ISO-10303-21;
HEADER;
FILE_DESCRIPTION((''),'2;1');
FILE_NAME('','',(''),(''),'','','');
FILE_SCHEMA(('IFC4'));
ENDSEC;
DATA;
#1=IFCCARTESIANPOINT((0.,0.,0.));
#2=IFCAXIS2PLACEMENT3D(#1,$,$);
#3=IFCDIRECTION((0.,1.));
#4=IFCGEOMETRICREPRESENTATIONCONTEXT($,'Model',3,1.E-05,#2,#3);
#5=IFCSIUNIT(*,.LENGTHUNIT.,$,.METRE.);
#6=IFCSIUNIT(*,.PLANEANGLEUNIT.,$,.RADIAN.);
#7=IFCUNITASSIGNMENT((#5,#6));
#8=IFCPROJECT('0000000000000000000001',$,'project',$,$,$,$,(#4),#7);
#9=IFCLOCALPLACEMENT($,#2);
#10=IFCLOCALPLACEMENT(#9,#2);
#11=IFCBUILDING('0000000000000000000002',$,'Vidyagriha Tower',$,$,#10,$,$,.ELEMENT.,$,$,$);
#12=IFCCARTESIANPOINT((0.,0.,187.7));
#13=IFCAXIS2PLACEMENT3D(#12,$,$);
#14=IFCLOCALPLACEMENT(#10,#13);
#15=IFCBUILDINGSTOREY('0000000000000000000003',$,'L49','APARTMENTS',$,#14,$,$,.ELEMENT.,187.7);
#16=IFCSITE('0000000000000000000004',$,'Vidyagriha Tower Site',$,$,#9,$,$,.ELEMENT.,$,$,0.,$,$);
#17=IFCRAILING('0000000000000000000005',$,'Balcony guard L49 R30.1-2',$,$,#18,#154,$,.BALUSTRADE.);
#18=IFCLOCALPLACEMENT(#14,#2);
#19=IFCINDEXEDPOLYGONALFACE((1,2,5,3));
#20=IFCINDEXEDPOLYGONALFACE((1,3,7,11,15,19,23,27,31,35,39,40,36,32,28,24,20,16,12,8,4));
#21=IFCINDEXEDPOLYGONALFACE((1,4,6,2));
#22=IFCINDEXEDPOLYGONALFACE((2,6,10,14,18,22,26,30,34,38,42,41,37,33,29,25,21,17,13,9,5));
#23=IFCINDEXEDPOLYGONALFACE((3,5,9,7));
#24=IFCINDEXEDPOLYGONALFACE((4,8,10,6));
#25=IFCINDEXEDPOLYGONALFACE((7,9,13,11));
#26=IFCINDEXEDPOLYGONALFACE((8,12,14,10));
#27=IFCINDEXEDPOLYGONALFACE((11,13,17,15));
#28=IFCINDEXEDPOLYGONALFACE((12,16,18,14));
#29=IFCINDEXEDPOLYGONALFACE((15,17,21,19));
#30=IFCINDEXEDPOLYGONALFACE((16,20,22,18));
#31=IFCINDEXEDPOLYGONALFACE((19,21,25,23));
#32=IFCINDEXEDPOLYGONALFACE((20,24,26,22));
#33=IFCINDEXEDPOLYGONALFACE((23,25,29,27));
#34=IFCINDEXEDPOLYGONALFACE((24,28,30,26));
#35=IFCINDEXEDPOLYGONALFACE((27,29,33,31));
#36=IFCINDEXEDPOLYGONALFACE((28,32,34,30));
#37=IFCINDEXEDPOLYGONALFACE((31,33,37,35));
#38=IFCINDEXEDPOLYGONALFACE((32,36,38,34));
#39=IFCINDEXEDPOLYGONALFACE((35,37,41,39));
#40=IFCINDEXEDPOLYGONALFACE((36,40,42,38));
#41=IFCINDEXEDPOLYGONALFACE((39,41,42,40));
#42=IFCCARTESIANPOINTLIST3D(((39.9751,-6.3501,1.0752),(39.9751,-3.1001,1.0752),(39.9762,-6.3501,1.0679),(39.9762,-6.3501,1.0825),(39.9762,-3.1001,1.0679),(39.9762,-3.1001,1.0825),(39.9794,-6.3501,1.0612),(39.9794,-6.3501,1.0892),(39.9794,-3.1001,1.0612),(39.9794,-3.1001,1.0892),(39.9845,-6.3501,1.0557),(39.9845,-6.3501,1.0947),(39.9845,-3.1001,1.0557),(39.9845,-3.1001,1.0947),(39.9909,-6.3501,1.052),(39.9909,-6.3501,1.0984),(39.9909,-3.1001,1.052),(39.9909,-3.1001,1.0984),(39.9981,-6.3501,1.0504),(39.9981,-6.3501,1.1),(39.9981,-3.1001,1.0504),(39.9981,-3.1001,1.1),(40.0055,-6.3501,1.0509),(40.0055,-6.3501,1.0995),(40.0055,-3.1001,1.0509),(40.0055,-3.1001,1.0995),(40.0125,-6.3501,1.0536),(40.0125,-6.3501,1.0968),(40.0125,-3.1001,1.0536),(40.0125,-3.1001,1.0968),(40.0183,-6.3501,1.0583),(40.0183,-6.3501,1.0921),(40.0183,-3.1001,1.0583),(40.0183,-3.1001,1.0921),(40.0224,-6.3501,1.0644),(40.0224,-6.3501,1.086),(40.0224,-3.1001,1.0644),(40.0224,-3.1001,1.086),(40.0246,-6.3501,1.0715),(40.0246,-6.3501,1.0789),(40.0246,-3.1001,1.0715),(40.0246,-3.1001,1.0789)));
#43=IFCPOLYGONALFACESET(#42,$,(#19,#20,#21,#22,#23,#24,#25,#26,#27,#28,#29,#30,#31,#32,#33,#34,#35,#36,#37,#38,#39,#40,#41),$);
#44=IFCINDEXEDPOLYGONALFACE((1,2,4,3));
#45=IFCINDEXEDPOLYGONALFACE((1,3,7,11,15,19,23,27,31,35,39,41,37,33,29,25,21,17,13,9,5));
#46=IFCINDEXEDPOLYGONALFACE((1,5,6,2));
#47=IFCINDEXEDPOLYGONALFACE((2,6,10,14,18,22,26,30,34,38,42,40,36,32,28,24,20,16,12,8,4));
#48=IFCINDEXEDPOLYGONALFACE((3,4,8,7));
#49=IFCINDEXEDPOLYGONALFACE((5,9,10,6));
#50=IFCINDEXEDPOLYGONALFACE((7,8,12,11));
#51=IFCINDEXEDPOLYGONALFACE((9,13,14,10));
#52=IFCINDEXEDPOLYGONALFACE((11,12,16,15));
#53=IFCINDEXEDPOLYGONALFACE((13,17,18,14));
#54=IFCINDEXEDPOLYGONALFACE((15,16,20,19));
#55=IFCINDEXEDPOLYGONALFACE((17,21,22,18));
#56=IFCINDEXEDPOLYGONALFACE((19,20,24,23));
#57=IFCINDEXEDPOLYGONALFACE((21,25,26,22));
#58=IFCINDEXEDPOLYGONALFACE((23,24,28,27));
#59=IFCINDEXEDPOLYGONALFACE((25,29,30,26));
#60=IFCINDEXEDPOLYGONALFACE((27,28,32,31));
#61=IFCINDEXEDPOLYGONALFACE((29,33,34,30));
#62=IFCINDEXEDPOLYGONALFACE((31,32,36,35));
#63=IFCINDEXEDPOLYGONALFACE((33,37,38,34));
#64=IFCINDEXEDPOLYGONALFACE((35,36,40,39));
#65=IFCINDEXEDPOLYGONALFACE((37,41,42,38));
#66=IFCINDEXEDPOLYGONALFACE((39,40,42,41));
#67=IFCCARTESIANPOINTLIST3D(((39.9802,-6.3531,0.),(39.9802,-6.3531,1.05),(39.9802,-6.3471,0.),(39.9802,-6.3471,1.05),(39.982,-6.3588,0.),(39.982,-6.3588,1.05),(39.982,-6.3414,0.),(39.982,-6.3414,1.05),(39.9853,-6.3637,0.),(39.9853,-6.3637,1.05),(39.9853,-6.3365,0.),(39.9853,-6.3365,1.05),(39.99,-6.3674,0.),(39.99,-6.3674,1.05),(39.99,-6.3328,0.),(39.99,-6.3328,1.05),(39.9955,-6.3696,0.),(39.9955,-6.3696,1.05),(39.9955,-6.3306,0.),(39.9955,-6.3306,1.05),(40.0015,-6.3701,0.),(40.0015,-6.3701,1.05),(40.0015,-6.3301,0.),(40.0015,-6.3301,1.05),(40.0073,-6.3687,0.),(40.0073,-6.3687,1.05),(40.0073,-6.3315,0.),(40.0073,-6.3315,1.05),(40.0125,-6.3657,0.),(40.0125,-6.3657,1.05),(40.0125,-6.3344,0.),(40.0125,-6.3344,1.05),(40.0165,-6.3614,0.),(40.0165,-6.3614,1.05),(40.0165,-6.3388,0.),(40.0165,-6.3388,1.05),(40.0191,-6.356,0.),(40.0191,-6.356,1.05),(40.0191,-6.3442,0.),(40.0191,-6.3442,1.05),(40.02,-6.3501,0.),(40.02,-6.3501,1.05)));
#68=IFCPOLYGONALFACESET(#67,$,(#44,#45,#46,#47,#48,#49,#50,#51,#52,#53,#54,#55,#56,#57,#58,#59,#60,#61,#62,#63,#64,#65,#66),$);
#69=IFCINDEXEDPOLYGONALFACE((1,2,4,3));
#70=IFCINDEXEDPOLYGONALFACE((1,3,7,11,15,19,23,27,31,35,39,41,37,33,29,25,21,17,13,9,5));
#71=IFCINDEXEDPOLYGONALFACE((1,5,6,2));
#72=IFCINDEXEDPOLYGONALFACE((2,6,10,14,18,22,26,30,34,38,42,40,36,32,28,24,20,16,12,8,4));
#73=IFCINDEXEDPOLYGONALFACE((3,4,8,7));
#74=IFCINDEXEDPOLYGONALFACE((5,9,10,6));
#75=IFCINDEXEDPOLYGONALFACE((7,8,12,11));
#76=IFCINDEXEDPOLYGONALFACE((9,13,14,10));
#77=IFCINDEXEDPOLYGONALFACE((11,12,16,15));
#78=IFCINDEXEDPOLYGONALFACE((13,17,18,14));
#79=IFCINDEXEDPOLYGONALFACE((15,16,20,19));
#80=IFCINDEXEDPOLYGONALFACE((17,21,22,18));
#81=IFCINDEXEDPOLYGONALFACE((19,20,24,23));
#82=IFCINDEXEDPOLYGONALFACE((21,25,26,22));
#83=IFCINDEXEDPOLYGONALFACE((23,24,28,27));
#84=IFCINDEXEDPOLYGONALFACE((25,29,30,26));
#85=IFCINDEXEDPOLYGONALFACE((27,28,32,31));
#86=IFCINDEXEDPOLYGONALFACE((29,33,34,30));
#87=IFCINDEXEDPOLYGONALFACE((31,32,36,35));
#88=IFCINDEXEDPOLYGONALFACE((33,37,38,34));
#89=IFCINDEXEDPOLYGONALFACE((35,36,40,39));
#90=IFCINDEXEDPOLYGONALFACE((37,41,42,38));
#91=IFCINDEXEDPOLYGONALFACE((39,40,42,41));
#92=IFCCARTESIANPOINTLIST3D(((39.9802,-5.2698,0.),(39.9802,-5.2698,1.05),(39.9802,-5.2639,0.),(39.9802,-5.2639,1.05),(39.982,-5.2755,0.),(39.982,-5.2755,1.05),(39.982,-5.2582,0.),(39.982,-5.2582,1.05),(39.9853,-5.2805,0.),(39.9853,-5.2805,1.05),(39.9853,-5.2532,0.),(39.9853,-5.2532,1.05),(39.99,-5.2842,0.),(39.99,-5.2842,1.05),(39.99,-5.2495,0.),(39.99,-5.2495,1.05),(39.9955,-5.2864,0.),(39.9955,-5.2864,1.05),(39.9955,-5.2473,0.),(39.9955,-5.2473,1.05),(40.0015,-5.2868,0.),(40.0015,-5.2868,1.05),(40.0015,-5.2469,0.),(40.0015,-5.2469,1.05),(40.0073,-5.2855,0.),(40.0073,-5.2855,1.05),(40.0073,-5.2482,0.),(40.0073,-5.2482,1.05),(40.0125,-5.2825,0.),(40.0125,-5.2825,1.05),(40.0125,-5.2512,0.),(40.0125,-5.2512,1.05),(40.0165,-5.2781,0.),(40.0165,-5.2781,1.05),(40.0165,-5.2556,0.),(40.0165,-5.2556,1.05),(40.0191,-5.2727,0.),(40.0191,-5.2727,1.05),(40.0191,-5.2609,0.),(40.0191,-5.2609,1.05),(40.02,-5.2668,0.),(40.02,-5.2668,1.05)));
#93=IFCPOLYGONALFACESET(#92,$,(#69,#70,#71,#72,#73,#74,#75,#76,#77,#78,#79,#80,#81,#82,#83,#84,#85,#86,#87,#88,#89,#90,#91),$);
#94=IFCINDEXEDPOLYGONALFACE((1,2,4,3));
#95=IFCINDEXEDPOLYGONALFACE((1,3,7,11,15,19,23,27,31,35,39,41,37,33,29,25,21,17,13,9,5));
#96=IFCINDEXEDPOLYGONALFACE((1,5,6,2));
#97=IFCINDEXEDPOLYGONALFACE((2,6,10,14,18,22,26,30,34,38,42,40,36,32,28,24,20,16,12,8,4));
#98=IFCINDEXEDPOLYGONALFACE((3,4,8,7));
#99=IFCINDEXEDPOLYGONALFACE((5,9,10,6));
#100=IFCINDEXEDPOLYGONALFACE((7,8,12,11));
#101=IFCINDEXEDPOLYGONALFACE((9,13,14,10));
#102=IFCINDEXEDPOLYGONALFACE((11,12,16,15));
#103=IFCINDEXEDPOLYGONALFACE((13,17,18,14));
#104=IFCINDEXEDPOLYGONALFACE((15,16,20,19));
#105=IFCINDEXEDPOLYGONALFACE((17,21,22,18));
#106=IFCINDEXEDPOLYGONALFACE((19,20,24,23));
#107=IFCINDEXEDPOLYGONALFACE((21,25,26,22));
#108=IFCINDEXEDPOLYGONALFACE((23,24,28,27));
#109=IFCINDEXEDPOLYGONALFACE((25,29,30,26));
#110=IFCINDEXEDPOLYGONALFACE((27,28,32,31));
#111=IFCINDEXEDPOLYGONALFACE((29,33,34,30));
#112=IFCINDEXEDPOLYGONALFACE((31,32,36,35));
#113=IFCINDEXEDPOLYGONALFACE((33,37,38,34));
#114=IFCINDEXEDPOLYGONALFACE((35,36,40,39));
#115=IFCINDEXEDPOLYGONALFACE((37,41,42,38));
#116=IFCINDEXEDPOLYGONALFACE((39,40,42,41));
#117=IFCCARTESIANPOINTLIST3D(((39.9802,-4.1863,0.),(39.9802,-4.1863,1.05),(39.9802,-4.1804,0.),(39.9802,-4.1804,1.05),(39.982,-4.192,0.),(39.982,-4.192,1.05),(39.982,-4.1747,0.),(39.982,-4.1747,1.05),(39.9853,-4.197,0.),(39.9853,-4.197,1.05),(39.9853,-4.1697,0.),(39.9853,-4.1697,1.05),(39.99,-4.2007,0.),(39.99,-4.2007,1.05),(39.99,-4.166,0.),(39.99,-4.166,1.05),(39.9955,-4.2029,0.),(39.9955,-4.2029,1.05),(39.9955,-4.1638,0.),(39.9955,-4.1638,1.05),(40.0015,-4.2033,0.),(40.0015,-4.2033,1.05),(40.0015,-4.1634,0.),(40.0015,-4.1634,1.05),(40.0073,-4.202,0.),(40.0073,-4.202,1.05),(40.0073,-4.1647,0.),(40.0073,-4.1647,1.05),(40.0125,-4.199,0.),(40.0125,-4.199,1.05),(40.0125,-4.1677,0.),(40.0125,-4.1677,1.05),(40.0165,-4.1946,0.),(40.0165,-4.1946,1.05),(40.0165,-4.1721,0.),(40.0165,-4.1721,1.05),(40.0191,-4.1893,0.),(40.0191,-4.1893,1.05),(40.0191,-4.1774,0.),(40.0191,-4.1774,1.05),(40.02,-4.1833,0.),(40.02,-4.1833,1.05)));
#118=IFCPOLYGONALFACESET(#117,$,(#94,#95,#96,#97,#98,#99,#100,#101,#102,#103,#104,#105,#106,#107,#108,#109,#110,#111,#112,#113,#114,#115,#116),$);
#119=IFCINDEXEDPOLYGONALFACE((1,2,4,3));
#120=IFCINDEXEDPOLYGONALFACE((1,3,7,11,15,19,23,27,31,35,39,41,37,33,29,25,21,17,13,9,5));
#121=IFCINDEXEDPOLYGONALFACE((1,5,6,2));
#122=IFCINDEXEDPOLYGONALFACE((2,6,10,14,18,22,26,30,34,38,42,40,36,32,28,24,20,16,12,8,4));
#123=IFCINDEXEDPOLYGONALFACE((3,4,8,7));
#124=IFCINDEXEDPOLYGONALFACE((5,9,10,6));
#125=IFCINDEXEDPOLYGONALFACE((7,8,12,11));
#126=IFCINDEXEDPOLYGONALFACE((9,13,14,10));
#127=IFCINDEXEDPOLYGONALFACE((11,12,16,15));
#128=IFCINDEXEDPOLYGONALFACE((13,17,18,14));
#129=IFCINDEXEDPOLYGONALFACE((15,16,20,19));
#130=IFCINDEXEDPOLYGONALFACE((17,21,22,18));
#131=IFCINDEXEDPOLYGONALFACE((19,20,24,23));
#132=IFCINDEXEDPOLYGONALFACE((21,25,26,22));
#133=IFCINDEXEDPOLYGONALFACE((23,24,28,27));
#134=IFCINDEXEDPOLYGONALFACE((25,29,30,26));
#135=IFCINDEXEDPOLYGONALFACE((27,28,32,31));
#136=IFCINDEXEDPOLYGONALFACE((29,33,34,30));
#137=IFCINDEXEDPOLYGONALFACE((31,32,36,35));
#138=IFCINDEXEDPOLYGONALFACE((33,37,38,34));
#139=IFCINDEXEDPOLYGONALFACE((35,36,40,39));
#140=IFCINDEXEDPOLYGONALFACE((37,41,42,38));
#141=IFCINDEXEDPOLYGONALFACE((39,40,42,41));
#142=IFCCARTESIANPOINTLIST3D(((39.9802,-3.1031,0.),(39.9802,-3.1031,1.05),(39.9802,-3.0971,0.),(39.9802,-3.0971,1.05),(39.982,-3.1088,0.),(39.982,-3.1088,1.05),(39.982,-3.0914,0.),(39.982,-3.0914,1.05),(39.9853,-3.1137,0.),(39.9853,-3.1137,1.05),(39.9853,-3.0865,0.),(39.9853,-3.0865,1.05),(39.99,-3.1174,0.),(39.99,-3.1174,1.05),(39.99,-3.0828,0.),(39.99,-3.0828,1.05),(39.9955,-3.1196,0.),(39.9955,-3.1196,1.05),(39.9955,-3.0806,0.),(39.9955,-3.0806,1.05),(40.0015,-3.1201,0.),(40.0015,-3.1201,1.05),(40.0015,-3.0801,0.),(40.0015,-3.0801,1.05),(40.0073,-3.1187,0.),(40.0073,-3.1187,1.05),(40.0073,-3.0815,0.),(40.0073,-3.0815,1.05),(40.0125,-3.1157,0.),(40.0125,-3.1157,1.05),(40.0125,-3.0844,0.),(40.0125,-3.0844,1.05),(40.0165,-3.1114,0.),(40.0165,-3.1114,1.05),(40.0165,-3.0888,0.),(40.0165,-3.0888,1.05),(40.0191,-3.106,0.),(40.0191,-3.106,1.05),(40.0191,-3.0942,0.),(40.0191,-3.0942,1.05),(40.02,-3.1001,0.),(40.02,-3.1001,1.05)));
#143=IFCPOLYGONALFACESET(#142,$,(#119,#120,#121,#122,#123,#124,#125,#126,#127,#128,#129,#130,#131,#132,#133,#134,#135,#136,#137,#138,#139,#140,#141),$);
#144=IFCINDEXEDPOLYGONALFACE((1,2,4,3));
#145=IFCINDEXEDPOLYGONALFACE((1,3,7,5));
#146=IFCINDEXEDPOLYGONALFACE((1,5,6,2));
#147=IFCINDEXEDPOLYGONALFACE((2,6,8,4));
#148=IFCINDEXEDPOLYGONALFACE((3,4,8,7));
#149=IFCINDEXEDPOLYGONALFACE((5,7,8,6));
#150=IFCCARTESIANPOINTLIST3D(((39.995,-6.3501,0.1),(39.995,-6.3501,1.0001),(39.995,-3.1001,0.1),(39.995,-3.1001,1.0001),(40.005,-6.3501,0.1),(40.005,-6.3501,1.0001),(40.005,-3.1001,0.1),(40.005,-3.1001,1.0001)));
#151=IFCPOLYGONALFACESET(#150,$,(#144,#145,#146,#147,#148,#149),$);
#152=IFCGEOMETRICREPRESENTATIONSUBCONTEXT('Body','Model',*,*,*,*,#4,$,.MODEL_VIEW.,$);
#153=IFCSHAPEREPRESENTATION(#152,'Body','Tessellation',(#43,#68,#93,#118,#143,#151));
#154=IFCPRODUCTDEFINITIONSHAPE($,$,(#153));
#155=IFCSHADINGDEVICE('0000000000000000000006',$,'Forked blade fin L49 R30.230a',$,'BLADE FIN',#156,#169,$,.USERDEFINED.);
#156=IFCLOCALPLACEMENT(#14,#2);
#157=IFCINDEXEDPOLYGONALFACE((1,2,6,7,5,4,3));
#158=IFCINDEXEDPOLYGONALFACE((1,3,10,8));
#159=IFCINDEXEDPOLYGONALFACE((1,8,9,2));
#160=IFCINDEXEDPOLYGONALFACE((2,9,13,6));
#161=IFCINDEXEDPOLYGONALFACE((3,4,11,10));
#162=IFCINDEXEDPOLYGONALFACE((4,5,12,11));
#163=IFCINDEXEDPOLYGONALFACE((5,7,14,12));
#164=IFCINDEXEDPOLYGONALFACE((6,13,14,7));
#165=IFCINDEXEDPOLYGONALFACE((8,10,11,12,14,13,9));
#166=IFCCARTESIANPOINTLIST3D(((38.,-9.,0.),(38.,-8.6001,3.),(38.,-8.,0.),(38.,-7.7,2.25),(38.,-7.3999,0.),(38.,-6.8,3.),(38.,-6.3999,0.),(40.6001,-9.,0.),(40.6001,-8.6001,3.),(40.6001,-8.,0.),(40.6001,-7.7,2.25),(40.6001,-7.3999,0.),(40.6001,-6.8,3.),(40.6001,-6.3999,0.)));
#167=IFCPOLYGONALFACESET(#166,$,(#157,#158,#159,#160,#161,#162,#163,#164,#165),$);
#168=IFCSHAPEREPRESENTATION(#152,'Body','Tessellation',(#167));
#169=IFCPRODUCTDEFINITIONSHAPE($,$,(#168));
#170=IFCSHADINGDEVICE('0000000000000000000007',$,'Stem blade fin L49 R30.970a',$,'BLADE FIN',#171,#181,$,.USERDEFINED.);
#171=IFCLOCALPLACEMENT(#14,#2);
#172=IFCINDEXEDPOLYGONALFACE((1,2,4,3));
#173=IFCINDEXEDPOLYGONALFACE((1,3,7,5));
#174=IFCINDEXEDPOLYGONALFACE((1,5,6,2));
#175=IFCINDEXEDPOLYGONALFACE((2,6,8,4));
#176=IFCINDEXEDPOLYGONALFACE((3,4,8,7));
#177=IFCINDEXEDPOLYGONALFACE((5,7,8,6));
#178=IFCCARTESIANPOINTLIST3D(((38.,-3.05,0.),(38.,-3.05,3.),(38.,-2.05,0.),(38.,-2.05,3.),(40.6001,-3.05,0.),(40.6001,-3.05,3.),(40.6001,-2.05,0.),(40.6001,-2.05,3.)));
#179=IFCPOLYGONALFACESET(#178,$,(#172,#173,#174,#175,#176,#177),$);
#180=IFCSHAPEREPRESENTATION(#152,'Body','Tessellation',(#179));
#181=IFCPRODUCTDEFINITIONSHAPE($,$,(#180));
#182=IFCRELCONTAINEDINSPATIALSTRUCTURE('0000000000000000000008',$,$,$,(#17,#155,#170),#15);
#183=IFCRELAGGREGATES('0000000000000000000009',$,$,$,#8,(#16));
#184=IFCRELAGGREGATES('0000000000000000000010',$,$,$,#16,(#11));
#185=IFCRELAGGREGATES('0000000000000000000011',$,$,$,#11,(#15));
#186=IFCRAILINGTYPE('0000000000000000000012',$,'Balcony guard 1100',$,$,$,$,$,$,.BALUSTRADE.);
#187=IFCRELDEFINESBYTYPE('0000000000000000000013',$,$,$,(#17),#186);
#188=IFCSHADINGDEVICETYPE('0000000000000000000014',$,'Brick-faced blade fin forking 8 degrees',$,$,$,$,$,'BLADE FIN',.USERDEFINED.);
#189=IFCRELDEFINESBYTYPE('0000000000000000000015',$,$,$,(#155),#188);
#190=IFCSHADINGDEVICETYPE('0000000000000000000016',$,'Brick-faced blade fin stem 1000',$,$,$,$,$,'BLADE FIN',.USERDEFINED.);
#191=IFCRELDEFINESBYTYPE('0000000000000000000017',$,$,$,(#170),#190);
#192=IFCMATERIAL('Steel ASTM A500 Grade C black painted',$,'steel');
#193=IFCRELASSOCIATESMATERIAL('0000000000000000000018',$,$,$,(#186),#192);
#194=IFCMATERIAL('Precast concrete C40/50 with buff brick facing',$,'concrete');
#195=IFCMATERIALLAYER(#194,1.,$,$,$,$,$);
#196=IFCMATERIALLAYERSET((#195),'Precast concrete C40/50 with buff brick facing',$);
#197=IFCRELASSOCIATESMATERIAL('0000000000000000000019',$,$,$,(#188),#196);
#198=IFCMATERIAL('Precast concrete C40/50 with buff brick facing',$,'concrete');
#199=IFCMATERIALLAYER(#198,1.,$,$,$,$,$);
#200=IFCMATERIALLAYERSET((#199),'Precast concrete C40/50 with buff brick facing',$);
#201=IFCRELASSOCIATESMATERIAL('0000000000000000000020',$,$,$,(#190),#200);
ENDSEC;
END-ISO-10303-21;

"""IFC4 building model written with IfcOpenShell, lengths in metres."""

from ifc_helpers import new_model, si_unit, direction, frame, origin, origin_2d, place, context, subcontext, project, spatial, polyline, rectangle, circle, outline, extrude, material, layer, layer_set, type_object, element, save


model = new_model("IFC4")

# Units and contexts
model_context = context("Model", 3, precision=1e-05, world=origin(), true_north=direction((0.0, 1.0)))
body_context = subcontext(model_context, "Body", "Model", "MODEL_VIEW")
ifc_project = project(units=[si_unit("LENGTHUNIT", "METRE"), si_unit("PLANEANGLEUNIT", "RADIAN")], contexts=[model_context])

# Site, building, storey
site_placement = place(None, origin())
site = spatial("IfcSite", under=ifc_project, at=site_placement, Name="Vidyagriha Tower Site", CompositionType="ELEMENT", RefElevation=0.0)
building_placement = place(site_placement, origin())
building = spatial("IfcBuilding", under=site, at=building_placement, Name="Vidyagriha Tower", CompositionType="ELEMENT")
storey_placement = place(building_placement, frame((0.0, 0.0, 187.7)))
storey = spatial("IfcBuildingStorey", under=building, at=storey_placement, Name="L49", Description="APARTMENTS", CompositionType="ELEMENT", Elevation=187.7)

# Railing
ifc_material_1 = material(Name="Steel ASTM A500 Grade C black painted", Category="steel")
railing_type_1 = type_object("IfcRailingType", Name="Balcony guard 1100", PredefinedType="BALUSTRADE", material=ifc_material_1)
railing_1_placement = place(storey_placement, frame((40.0, -6.3501, 0.0)))
element("IfcRailing", 1, at=railing_1_placement, inside=storey, type_object=railing_type_1, Name="Balcony guard L49 R30.1-2", PredefinedType="BALUSTRADE", context=body_context, shape_type="SweptSolid", body=[
    extrude(circle(Radius=0.0249, at=origin_2d()), frame((0.0, 0.0, 1.0752), z_axis=(0.0, 1.0, 0.0), x_axis=(-1.0, 0.0, 0.0)), (0.0, 0.0, 1.0), 3.25),
    extrude(circle(Radius=0.02, at=origin_2d()), origin(), (0.0, 0.0, 1.0), 1.05),
    extrude(circle(Radius=0.02, at=origin_2d()), frame((0.0, 1.0833, 0.0)), (0.0, 0.0, 1.0), 1.05),
    extrude(circle(Radius=0.02, at=origin_2d()), frame((0.0, 2.1667, 0.0)), (0.0, 0.0, 1.0), 1.05),
    extrude(circle(Radius=0.02, at=origin_2d()), frame((0.0, 3.25, 0.0)), (0.0, 0.0, 1.0), 1.05),
    extrude(rectangle(XDim=0.01, YDim=0.9001, at=origin_2d()), frame((0.0, 0.0, 0.55), z_axis=(0.0, 1.0, 0.0), x_axis=(-1.0, 0.0, 0.0)), (0.0, 0.0, 1.0), 3.25),
])

# Shading devices
ifc_material_2 = material(Name="Precast concrete C40/50 with buff brick facing", Category="concrete")
ifc_layer_1 = layer(ifc_material_2, 1.0)
ifc_layer_set_1 = layer_set([ifc_layer_1], Name="Precast concrete C40/50 with buff brick facing")
shading_device_type_1 = type_object("IfcShadingDeviceType", Name="Brick-faced blade fin forking 8 degrees", ElementType="BLADE FIN", PredefinedType="USERDEFINED", material=ifc_layer_set_1)
shading_device_1_placement = place(storey_placement, frame((39.3, -9.0, 0.0), z_axis=(0.0, 0.0, 1.0), x_axis=(0.0, 1.0, 0.0)))
element("IfcShadingDevice", 2, at=shading_device_1_placement, inside=storey, type_object=shading_device_type_1, Name="Forked blade fin L49 R30.230a", ObjectType="BLADE FIN", PredefinedType="USERDEFINED", context=body_context, shape_type="SweptSolid", body=[
    extrude(outline(polyline([(1.0, 0.0), (1.3, 2.25), (1.6001, 0.0), (2.6001, 0.0), (2.2, 3.0), (0.3999, 3.0), (0.0, 0.0), (1.0, 0.0)])), frame((0.0, 1.3, 0.0), z_axis=(0.0, -1.0, 0.0), x_axis=(1.0, 0.0, 0.0)), (0.0, 0.0, 1.0), 2.6001),
])
ifc_material_3 = material(Name="Precast concrete C40/50 with buff brick facing", Category="concrete")
ifc_layer_2 = layer(ifc_material_3, 1.0)
ifc_layer_set_2 = layer_set([ifc_layer_2], Name="Precast concrete C40/50 with buff brick facing")
shading_device_type_2 = type_object("IfcShadingDeviceType", Name="Brick-faced blade fin stem 1000", ElementType="BLADE FIN", PredefinedType="USERDEFINED", material=ifc_layer_set_2)
shading_device_2_placement = place(storey_placement, frame((39.3, -3.05, 0.0), z_axis=(0.0, 0.0, 1.0), x_axis=(0.0, 1.0, 0.0)))
element("IfcShadingDevice", 3, at=shading_device_2_placement, inside=storey, type_object=shading_device_type_2, Name="Stem blade fin L49 R30.970a", ObjectType="BLADE FIN", PredefinedType="USERDEFINED", context=body_context, shape_type="SweptSolid", body=[
    extrude(outline(polyline([(0.0, 0.0), (1.0, 0.0), (1.0, 3.0), (0.0, 3.0), (0.0, 0.0)])), frame((0.0, 1.3, 0.0), z_axis=(0.0, -1.0, 0.0), x_axis=(1.0, 0.0, 0.0)), (0.0, 0.0, 1.0), 2.6001),
])

save(model, "model.ifc")
